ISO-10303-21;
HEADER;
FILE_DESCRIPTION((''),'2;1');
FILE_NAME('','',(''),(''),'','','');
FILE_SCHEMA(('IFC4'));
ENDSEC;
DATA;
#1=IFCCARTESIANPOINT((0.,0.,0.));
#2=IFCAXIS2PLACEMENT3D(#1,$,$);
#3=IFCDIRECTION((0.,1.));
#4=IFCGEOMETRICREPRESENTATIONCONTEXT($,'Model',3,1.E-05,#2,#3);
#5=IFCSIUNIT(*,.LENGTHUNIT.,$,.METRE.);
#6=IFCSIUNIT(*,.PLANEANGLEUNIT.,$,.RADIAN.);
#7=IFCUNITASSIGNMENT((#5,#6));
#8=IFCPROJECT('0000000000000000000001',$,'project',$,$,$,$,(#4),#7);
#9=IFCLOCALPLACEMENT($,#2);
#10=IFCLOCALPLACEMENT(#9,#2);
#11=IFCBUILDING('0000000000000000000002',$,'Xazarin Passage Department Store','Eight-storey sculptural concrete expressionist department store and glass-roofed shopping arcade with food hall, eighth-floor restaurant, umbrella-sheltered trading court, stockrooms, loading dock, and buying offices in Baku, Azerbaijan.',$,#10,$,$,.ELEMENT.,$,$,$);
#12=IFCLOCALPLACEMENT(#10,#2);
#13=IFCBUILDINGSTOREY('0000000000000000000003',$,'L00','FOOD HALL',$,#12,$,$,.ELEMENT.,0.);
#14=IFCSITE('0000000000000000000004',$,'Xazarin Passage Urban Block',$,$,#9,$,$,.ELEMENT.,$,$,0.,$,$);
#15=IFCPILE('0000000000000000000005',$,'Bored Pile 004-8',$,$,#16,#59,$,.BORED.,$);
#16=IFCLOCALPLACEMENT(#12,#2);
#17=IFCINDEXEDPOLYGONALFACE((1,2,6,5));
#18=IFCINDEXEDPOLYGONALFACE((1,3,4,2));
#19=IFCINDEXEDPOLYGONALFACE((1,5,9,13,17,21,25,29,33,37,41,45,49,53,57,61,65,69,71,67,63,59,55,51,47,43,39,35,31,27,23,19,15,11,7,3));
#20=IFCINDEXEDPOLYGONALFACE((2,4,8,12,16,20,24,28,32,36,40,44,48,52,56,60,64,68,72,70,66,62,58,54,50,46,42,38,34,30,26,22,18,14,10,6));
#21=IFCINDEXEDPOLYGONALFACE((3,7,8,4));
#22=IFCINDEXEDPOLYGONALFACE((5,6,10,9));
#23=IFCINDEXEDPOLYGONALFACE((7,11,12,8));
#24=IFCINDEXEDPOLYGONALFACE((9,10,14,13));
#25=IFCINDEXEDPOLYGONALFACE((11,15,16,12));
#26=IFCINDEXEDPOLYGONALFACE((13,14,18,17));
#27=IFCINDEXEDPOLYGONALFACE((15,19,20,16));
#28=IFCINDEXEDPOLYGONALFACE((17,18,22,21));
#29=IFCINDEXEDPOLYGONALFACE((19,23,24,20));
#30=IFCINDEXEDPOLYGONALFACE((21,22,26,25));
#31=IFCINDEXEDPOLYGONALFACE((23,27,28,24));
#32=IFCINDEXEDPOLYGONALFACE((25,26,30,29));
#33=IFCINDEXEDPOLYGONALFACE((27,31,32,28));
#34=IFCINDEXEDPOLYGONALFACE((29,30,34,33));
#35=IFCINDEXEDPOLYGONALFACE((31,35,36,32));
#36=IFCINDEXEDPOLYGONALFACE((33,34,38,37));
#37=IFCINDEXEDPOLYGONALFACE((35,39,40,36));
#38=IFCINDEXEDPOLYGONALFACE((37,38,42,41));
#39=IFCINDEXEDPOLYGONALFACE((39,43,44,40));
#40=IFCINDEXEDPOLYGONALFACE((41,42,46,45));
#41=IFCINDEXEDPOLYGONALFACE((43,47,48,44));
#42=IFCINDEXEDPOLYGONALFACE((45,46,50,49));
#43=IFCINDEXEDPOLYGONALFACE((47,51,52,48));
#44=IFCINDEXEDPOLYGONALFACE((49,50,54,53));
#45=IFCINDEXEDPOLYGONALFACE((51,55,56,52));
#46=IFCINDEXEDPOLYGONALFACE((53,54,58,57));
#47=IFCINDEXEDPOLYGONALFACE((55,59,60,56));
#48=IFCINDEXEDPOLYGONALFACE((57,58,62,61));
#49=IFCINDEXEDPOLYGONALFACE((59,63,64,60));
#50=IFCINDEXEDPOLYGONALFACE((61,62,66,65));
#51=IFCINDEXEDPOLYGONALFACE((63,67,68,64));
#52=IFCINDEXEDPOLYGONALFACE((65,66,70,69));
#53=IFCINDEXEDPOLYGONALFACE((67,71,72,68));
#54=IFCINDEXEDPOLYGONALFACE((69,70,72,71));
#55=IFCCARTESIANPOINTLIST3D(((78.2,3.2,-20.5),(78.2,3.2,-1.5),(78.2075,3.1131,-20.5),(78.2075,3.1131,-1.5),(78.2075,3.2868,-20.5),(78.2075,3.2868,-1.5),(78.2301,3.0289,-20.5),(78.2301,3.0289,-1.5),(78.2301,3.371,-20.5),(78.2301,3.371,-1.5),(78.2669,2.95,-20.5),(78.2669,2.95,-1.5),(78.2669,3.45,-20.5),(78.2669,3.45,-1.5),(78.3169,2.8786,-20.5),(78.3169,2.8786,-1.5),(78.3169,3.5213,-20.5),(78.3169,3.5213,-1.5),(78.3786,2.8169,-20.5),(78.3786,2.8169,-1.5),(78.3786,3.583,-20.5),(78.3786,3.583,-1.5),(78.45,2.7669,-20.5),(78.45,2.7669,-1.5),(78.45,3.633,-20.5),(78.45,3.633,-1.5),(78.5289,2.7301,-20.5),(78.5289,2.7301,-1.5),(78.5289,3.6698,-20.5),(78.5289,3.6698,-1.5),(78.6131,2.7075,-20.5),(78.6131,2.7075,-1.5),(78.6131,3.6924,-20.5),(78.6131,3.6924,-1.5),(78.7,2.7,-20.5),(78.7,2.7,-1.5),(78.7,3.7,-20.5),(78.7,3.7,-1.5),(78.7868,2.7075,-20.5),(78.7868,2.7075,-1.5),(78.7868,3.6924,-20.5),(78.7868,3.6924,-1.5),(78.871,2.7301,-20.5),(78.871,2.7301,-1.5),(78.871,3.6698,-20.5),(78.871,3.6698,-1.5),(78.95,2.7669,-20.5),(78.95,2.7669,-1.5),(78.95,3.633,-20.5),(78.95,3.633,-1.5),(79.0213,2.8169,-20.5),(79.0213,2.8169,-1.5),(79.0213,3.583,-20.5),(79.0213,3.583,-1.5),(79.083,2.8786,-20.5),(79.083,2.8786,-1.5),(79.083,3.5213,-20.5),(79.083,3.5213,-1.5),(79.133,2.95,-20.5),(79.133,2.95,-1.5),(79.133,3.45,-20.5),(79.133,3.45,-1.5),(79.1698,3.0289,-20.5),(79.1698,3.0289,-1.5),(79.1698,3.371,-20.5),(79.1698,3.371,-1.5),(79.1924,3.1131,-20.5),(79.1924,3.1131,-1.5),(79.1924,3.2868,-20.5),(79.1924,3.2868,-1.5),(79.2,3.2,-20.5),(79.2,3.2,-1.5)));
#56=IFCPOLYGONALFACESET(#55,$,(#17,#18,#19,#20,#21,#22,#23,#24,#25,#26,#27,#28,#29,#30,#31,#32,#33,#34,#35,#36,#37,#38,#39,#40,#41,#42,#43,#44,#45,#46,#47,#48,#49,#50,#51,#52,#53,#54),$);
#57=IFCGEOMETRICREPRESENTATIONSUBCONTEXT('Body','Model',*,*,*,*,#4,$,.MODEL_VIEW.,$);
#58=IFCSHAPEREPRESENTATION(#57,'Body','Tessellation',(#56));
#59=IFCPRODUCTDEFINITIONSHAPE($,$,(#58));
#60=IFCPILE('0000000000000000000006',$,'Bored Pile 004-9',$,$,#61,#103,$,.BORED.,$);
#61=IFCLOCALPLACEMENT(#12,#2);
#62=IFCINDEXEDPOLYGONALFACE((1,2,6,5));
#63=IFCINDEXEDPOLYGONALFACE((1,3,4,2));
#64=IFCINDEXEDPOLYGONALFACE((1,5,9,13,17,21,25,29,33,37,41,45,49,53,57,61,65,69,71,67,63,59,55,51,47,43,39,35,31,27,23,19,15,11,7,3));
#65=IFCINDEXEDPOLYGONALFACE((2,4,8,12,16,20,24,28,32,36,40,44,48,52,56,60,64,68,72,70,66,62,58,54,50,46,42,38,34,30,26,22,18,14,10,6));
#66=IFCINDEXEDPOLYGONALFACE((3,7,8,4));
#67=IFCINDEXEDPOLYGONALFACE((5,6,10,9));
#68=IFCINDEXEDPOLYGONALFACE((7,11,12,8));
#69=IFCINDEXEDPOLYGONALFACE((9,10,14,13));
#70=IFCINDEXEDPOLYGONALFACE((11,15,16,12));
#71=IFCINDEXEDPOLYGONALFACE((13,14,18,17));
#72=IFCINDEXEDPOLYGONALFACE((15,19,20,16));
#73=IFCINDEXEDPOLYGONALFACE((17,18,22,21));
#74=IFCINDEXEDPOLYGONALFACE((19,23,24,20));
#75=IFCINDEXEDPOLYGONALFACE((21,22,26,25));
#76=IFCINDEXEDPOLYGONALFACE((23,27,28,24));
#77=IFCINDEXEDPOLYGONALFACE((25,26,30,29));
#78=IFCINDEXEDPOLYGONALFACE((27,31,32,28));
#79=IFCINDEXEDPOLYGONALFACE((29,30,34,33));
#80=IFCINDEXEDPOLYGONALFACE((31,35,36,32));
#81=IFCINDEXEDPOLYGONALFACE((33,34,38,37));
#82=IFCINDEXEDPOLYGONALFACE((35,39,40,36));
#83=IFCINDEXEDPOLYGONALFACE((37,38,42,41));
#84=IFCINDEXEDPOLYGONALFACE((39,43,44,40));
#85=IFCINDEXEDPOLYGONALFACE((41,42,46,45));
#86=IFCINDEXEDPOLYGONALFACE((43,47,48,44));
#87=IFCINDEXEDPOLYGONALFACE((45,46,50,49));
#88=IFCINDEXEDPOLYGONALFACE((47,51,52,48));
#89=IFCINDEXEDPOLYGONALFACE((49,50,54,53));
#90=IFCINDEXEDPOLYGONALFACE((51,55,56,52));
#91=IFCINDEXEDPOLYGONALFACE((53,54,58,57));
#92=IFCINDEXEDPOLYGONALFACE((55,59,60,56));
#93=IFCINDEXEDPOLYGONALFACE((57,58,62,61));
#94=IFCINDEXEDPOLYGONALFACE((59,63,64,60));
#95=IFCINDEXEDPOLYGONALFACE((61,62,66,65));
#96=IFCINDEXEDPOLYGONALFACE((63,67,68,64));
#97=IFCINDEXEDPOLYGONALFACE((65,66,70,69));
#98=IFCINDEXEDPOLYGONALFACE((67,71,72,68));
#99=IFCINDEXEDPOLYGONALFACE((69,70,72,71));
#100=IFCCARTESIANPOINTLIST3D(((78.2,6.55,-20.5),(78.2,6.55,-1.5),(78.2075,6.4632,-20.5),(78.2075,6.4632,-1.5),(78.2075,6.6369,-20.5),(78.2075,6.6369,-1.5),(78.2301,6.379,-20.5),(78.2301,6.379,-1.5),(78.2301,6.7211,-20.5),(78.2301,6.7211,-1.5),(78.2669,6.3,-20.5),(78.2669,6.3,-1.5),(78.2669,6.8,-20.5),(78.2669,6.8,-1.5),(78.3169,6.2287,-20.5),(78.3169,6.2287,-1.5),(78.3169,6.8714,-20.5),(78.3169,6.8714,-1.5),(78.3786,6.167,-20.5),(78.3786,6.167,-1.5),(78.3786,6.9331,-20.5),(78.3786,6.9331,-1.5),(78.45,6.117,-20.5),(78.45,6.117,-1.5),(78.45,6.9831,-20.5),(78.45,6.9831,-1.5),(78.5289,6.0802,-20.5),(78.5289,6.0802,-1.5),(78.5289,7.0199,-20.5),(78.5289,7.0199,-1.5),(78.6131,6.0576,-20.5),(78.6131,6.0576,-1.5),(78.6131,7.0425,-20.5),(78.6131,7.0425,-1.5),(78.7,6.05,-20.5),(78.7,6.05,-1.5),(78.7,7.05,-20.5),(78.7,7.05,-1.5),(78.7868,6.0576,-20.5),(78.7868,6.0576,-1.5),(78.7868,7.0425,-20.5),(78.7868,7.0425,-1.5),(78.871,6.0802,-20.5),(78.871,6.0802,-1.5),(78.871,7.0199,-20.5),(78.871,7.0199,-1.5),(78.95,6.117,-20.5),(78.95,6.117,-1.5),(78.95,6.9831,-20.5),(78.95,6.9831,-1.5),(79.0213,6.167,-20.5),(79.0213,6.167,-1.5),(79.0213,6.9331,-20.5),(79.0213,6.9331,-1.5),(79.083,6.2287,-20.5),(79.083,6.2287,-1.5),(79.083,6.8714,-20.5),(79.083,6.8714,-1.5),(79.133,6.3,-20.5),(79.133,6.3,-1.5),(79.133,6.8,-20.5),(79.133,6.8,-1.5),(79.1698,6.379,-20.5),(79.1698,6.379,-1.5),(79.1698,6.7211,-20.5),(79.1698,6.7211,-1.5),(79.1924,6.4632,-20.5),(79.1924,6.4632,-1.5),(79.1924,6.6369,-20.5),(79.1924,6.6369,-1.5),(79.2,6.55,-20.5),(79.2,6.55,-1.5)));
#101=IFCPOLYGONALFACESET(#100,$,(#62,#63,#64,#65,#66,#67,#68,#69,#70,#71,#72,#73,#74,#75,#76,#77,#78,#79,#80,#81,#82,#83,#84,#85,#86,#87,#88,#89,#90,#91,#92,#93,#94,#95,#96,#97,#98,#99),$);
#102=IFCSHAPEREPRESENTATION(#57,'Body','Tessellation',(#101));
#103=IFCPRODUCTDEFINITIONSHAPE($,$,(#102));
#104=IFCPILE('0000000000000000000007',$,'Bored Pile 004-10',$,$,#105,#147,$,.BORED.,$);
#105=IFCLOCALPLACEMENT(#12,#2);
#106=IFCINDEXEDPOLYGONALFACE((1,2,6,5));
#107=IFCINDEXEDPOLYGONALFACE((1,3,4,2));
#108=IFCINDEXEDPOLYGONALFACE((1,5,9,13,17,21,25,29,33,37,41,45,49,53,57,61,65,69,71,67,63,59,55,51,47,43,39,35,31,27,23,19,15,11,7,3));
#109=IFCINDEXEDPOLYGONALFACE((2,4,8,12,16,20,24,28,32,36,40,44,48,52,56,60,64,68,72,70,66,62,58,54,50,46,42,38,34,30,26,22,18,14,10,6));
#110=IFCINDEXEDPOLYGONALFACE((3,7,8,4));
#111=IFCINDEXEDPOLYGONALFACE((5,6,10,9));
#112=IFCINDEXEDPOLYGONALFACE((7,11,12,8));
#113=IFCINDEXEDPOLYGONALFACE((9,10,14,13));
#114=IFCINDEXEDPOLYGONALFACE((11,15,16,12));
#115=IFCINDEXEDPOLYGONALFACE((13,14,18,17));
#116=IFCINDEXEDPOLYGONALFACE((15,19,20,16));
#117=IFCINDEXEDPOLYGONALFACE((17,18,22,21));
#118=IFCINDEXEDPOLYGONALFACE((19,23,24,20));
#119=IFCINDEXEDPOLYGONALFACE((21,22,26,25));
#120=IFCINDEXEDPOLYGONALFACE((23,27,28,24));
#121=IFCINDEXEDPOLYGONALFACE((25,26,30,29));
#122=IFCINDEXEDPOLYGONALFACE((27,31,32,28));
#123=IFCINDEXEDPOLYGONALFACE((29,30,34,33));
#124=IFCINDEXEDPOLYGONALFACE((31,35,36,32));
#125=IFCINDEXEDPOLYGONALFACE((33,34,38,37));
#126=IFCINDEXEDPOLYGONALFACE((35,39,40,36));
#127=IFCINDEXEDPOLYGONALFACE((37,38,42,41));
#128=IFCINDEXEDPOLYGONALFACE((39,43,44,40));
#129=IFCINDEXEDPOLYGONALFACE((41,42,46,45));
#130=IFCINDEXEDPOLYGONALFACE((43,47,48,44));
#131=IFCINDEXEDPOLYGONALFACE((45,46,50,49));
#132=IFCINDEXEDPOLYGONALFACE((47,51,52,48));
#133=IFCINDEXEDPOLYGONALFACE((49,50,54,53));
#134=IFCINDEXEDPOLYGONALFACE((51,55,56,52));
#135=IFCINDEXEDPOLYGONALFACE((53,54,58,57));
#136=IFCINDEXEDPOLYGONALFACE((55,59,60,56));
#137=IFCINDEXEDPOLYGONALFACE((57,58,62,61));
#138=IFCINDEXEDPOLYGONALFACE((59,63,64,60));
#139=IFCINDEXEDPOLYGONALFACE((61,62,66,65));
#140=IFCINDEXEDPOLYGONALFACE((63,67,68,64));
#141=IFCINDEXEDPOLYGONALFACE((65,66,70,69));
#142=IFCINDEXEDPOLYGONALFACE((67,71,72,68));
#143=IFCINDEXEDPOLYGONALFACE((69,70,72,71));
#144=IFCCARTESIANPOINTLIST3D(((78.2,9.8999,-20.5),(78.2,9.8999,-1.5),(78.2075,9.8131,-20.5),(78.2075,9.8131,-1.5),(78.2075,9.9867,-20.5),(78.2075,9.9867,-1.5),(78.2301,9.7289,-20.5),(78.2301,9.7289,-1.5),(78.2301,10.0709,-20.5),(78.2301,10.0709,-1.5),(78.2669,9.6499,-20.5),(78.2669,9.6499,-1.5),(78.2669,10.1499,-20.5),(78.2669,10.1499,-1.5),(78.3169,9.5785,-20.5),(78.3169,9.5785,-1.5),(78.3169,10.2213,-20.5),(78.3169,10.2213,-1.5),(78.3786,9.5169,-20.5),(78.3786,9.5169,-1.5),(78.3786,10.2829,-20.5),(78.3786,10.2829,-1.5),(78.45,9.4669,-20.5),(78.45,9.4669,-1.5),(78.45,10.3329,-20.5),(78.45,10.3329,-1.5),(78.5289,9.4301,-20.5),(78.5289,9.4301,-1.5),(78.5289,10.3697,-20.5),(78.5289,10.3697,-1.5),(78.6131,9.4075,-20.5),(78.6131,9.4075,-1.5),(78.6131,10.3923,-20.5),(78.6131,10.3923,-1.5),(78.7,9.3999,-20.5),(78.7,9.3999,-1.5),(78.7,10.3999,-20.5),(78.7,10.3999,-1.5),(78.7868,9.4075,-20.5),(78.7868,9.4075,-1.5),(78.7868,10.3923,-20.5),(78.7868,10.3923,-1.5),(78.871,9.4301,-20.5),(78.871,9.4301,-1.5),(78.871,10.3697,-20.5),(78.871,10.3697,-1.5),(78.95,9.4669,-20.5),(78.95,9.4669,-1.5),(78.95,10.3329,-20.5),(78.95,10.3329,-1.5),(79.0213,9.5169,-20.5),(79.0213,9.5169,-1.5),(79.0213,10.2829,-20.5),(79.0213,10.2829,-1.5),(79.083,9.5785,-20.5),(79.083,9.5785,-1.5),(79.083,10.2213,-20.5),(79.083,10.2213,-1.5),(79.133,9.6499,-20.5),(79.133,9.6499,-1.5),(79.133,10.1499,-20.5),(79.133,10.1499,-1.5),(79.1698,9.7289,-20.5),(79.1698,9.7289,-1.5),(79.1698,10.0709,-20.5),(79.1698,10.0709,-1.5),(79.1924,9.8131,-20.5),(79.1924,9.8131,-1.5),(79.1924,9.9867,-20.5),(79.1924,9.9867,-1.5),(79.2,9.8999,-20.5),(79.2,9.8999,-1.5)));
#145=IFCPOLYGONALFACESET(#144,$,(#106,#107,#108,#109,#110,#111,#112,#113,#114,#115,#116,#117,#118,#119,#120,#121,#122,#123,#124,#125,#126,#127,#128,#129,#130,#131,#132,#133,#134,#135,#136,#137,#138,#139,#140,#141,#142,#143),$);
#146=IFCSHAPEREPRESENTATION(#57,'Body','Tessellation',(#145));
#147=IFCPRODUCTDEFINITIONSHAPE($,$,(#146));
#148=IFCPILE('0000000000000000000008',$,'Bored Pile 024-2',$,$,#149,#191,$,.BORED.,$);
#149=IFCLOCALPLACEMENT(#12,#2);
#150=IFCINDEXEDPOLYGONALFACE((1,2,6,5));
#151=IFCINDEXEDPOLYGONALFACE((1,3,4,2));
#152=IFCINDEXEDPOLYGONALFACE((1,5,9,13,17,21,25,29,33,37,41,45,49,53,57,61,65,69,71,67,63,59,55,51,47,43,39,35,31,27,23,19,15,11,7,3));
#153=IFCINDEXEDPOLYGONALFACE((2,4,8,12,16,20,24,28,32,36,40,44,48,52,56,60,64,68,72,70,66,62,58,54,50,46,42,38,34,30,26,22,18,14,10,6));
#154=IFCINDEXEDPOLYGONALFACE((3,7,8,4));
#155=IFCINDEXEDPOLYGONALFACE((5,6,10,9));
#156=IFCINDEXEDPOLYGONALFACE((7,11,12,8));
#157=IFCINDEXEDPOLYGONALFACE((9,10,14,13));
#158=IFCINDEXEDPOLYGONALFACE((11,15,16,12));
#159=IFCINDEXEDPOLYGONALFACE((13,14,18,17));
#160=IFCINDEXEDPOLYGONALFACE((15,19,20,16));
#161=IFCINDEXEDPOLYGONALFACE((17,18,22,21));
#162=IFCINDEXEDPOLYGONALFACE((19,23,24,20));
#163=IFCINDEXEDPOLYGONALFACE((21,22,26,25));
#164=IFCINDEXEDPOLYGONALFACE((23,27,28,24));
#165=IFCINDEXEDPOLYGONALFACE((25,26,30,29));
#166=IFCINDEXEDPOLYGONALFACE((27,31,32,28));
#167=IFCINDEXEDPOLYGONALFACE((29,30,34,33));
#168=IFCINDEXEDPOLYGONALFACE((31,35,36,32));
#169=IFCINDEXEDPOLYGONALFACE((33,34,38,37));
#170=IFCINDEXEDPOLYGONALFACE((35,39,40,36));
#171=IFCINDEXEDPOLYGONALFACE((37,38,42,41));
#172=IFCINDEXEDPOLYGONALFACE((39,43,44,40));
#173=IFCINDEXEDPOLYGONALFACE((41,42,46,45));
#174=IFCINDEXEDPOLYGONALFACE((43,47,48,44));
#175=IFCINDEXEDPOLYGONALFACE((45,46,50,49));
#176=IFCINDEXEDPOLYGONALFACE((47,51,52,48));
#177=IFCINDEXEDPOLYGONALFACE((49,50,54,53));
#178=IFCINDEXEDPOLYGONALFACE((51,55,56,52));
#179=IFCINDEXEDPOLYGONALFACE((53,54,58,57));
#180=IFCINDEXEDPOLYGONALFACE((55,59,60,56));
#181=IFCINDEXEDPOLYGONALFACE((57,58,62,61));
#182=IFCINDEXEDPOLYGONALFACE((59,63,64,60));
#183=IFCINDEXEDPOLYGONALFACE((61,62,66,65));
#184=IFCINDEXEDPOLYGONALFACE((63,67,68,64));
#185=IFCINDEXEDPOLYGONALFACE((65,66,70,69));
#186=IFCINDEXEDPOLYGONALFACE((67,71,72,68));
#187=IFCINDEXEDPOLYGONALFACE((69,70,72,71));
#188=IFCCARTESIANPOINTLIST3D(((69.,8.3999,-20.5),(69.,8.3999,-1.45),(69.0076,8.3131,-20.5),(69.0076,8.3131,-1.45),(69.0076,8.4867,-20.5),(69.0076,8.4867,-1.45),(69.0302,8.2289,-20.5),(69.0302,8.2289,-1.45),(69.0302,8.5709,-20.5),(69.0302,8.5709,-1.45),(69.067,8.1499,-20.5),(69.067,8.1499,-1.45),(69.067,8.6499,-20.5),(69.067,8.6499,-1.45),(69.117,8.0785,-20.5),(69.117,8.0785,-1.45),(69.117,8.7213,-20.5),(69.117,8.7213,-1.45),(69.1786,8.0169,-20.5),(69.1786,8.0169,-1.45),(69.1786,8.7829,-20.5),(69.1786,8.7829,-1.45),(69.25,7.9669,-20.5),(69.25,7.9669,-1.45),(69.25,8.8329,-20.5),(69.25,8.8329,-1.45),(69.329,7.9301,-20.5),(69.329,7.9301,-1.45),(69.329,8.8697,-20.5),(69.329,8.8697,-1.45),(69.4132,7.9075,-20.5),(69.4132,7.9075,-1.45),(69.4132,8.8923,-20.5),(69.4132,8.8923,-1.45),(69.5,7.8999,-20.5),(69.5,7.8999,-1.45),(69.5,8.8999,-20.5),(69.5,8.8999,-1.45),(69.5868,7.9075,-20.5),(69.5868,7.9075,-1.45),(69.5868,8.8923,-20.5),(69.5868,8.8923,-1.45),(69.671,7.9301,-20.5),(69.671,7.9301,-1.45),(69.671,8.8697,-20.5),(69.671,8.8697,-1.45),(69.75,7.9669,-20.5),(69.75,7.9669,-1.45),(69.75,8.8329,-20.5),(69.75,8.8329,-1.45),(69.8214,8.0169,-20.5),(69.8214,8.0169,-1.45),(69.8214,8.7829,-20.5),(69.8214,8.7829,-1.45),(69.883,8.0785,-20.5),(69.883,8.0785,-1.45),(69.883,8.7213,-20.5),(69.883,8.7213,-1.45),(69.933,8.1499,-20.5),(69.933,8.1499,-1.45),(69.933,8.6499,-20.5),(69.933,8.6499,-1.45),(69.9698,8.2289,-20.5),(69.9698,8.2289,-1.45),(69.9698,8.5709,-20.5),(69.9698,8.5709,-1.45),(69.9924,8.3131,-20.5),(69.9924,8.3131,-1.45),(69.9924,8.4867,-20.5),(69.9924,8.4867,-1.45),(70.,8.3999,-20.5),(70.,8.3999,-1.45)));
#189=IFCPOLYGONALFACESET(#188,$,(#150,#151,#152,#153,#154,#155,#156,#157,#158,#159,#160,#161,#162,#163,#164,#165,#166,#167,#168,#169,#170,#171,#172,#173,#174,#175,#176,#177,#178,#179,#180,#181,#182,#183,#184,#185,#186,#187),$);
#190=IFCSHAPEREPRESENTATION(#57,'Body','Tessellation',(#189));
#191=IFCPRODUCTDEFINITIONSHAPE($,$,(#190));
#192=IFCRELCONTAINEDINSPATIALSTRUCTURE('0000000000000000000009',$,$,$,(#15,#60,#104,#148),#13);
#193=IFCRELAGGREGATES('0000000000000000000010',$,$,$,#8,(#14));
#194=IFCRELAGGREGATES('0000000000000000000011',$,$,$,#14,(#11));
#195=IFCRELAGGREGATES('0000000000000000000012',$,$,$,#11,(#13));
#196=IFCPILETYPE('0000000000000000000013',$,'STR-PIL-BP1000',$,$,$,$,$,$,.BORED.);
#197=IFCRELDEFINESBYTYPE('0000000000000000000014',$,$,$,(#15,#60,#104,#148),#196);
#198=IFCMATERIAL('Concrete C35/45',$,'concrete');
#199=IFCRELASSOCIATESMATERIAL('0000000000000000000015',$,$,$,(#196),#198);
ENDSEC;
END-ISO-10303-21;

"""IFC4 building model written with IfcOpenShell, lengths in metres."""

from ifc_helpers import new_model, si_unit, direction, frame, origin, origin_2d, place, context, subcontext, project, spatial, circle, extrude, material, material_profile, profile_set, type_object, element, save


model = new_model("IFC4")

# Units and contexts
model_context = context("Model", 3, precision=1e-05, world=origin(), true_north=direction((0.0, 1.0)))
body_context = subcontext(model_context, "Body", "Model", "MODEL_VIEW")
ifc_project = project(units=[si_unit("LENGTHUNIT", "METRE"), si_unit("PLANEANGLEUNIT", "RADIAN")], contexts=[model_context])

# Site, building, storey
site_placement = place(None, origin())
site = spatial("IfcSite", under=ifc_project, at=site_placement, Name="Xazarin Passage Urban Block", CompositionType="ELEMENT", RefElevation=0.0)
building_placement = place(site_placement, origin())
building = spatial("IfcBuilding", under=site, at=building_placement, Name="Xazarin Passage Department Store", Description="Eight-storey sculptural concrete expressionist department store and glass-roofed shopping arcade with food hall, eighth-floor restaurant, umbrella-sheltered trading court, stockrooms, loading dock, and buying offices in Baku, Azerbaijan.", CompositionType="ELEMENT")
storey_placement = place(building_placement, origin())
storey = spatial("IfcBuildingStorey", under=building, at=storey_placement, Name="L00", Description="FOOD HALL", CompositionType="ELEMENT", Elevation=0.0)

# Shared definitions
ifc_material_1 = material(Name="Concrete C35/45", Category="concrete")

# Piles
ifc_material_profile_1 = material_profile(ifc_material_1, circle(Radius=0.5, at=origin_2d()), Name="BP 1000")
ifc_profile_set_1 = profile_set([ifc_material_profile_1], Name="Concrete C35/45")
pile_type_1 = type_object("IfcPileType", Name="STR-PIL-BP1000", PredefinedType="BORED", material=ifc_profile_set_1)
for number, where, z_axis, x_axis, name in (
    (1, (78.7, 3.2, -1.5), (0.0, 0.0, -1.0), (1.0, 0.0, 0.0), "Bored Pile 004-8"),
    (2, (78.7, 6.55, -1.5), (0.0, 0.0, -1.0), (1.0, 0.0, 0.0), "Bored Pile 004-9"),
    (3, (78.7, 9.8999, -1.5), (0.0, 0.0, -1.0), (1.0, 0.0, 0.0), "Bored Pile 004-10"),
):
    element("IfcPile", number, at=place(storey_placement, frame(where, z_axis=z_axis, x_axis=x_axis)), inside=storey, type_object=pile_type_1, Name=name, PredefinedType="BORED", context=body_context, shape_type="SweptSolid", body=[
        extrude(circle(Radius=0.5, at=origin_2d()), origin(), (0.0, 0.0, 1.0), 19.0),
    ])
pile_1_placement = place(storey_placement, frame((69.5, 8.3999, -1.45), z_axis=(0.0, 0.0, -1.0), x_axis=(1.0, 0.0, 0.0)))
element("IfcPile", 4, at=pile_1_placement, inside=storey, type_object=pile_type_1, Name="Bored Pile 024-2", PredefinedType="BORED", context=body_context, shape_type="SweptSolid", body=[
    extrude(circle(Radius=0.5, at=origin_2d()), origin(), (0.0, 0.0, 1.0), 19.05),
])

save(model, "model.ifc")
